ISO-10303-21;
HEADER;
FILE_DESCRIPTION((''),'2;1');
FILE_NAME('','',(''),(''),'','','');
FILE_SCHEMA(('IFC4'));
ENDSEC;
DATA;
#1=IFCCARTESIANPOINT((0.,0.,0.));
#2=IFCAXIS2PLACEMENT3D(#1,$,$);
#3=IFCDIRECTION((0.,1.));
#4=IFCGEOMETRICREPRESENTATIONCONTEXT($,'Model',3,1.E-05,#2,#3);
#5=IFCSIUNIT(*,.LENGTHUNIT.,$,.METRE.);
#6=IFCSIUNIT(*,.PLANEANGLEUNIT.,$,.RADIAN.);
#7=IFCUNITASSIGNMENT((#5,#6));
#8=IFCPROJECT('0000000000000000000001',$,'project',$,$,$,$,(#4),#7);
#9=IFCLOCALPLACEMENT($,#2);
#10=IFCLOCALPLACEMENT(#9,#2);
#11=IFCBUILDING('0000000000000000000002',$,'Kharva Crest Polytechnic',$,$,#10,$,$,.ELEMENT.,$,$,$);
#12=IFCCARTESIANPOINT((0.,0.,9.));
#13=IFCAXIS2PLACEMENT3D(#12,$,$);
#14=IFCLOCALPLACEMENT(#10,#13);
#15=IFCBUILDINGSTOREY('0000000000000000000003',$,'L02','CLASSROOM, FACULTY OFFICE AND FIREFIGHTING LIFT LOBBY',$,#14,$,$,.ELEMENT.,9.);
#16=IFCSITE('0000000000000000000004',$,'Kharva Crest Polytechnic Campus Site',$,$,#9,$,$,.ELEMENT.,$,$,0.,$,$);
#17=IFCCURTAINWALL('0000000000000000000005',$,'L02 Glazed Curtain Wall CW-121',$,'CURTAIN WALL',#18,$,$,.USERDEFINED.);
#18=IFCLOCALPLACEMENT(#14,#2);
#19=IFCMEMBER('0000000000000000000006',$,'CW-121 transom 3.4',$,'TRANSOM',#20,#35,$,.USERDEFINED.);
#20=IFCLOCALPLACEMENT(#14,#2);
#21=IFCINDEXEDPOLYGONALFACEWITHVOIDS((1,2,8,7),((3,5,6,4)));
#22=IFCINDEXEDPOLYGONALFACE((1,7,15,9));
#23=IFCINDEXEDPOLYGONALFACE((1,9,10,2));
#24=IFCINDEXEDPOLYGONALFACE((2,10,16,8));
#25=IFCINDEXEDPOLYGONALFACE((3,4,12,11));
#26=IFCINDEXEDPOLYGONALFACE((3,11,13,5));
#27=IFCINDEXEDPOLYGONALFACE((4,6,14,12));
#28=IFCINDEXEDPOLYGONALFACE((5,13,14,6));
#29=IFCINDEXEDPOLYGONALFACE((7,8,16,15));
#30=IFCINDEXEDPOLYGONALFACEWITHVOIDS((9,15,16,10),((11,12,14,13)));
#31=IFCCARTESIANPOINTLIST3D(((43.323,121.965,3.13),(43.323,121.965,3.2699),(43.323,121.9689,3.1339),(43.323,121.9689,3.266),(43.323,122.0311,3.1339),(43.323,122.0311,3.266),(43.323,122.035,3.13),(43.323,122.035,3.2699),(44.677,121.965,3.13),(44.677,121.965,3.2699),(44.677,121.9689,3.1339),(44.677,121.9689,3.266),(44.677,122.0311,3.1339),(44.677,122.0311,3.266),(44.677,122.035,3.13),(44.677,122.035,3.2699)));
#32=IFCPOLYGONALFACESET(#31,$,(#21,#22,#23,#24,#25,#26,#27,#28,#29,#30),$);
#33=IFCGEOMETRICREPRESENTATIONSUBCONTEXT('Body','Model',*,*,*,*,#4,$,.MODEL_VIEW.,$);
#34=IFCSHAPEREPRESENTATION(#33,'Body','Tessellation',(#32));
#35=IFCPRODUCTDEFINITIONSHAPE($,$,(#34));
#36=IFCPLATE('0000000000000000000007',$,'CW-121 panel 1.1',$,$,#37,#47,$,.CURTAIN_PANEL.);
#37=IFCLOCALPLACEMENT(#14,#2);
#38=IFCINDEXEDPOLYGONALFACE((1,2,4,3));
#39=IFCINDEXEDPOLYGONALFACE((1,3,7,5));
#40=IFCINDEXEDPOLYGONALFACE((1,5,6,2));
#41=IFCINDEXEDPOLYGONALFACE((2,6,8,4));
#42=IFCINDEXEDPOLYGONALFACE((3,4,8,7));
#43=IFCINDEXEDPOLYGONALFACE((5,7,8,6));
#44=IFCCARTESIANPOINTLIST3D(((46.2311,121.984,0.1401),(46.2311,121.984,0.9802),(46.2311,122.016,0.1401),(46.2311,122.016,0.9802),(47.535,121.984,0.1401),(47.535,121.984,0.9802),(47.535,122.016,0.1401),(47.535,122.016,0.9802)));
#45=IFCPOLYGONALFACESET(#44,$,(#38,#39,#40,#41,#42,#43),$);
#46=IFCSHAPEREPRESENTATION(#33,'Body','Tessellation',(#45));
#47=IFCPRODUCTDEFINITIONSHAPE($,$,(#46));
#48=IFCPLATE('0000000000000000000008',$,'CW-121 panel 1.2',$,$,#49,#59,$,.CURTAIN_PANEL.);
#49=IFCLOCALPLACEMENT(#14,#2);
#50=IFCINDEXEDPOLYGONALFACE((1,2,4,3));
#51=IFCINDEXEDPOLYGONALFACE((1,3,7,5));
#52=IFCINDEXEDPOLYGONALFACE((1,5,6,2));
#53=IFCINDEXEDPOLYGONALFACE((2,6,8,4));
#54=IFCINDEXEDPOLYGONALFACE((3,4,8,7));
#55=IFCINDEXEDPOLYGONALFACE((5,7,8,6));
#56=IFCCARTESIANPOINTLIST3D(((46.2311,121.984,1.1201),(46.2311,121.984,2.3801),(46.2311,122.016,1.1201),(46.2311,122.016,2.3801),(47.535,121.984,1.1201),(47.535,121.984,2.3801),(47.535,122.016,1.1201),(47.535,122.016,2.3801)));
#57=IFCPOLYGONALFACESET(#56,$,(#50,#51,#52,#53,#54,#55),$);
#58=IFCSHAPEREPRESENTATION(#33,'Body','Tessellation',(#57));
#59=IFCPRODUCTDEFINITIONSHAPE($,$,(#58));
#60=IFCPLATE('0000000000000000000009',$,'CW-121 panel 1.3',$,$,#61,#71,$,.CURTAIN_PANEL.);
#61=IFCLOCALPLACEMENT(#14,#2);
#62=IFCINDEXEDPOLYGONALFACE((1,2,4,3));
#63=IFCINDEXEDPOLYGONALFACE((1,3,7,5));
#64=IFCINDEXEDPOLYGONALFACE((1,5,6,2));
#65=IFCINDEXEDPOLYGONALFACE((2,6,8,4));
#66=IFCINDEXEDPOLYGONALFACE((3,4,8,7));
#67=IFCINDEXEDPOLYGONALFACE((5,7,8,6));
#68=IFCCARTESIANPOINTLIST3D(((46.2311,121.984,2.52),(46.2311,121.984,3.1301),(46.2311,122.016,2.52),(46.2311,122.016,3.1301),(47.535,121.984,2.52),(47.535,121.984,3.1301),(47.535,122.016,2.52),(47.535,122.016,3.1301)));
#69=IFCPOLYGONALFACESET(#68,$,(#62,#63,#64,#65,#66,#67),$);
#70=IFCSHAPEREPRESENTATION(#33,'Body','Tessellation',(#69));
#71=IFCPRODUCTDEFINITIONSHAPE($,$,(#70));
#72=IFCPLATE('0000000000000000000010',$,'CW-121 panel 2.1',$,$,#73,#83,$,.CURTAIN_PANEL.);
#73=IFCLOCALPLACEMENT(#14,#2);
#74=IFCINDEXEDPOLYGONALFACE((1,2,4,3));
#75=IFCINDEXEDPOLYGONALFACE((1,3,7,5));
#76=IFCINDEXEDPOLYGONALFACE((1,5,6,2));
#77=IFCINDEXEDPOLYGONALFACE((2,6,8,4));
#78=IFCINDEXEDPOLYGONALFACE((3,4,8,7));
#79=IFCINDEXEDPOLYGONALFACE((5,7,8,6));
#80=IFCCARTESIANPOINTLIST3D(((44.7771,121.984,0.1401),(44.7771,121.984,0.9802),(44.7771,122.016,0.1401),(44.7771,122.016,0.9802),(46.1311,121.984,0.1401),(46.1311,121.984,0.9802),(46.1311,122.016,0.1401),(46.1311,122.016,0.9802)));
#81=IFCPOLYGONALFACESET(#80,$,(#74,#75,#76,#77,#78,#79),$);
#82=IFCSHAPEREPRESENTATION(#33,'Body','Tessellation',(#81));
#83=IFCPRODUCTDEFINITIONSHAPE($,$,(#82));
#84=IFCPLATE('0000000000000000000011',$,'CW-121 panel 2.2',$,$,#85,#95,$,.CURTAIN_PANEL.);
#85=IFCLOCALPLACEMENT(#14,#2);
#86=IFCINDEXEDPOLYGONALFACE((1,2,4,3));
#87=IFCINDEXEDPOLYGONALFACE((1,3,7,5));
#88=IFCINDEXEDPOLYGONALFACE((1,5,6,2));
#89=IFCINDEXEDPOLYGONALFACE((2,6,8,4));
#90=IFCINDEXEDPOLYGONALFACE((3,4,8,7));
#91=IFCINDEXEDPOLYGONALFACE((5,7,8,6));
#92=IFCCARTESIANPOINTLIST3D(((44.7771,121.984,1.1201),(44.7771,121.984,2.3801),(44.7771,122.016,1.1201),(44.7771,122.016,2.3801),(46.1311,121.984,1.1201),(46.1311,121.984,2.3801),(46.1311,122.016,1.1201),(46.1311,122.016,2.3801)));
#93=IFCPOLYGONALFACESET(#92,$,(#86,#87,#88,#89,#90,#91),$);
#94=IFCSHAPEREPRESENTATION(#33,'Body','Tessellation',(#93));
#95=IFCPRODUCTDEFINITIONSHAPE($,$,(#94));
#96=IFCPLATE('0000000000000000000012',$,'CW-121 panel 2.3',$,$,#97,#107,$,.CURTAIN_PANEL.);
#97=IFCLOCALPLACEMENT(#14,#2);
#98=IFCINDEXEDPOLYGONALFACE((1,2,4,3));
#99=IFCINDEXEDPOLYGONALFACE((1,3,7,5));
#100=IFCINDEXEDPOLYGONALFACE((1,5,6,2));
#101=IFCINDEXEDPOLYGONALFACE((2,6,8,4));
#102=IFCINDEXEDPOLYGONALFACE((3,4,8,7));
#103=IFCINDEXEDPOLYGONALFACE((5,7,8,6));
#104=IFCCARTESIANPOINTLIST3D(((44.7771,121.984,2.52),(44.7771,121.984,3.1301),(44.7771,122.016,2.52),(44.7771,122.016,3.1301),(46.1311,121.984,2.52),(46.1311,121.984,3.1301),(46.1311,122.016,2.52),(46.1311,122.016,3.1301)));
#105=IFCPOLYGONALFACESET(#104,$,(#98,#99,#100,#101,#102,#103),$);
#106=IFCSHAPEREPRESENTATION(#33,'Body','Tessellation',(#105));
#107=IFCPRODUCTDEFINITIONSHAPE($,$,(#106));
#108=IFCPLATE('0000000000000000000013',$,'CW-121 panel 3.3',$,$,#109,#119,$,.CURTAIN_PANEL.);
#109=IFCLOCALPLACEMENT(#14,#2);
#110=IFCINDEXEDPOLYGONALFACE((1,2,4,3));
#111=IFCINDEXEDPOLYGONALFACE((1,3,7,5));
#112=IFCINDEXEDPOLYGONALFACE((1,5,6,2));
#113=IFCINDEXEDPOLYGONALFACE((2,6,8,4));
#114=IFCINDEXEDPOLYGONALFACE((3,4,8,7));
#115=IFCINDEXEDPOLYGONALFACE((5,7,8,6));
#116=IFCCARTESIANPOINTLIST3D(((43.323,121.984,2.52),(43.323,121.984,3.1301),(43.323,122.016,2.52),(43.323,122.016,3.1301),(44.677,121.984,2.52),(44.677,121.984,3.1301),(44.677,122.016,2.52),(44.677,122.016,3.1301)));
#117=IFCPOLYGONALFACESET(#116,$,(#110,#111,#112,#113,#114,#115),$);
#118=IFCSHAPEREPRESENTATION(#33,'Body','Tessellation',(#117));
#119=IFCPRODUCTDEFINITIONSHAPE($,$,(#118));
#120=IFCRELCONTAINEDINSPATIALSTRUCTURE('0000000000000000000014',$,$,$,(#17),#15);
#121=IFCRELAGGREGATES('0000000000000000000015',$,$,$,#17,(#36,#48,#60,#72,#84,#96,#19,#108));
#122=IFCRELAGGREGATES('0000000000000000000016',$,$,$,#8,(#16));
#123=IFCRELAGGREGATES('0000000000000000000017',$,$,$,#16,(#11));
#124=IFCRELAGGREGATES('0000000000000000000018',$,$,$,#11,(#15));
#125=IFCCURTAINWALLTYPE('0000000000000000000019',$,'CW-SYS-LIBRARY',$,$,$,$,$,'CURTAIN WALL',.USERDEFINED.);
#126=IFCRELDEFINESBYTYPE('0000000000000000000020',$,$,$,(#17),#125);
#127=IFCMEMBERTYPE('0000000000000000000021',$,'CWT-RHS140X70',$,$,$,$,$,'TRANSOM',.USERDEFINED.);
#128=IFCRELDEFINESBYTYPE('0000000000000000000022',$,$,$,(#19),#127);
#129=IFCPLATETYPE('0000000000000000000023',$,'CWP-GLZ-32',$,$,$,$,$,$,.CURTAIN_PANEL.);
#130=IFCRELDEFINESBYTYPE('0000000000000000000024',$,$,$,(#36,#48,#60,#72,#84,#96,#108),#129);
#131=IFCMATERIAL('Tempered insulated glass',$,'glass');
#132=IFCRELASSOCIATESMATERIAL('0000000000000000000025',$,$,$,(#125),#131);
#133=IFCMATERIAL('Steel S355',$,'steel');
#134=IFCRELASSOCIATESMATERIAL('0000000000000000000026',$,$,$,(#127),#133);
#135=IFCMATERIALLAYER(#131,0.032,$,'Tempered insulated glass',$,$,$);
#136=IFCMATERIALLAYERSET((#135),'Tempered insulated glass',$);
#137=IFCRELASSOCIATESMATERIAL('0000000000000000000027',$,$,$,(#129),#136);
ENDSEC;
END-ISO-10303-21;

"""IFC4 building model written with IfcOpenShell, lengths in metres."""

from ifc_helpers import new_model, si_unit, direction, frame, origin, origin_2d, place, context, subcontext, project, spatial, rectangle, hollow_rectangle, extrude, material, layer, layer_set, material_profile, profile_set, type_object, element, aggregate, save


model = new_model("IFC4")

# Units and contexts
model_context = context("Model", 3, precision=1e-05, world=origin(), true_north=direction((0.0, 1.0)))
body_context = subcontext(model_context, "Body", "Model", "MODEL_VIEW")
ifc_project = project(units=[si_unit("LENGTHUNIT", "METRE"), si_unit("PLANEANGLEUNIT", "RADIAN")], contexts=[model_context])

# Site, building, storey
site_placement = place(None, origin())
site = spatial("IfcSite", under=ifc_project, at=site_placement, Name="Kharva Crest Polytechnic Campus Site", CompositionType="ELEMENT", RefElevation=0.0)
building_placement = place(site_placement, origin())
building = spatial("IfcBuilding", under=site, at=building_placement, Name="Kharva Crest Polytechnic", CompositionType="ELEMENT")
storey_placement = place(building_placement, frame((0.0, 0.0, 9.0)))
storey = spatial("IfcBuildingStorey", under=building, at=storey_placement, Name="L02", Description="CLASSROOM, FACULTY OFFICE AND FIREFIGHTING LIFT LOBBY", CompositionType="ELEMENT", Elevation=9.0)

# Curtain wall, member, plates
ifc_material_1 = material(Name="Tempered insulated glass", Category="glass")
curtain_wall_type = type_object("IfcCurtainWallType", Name="CW-SYS-LIBRARY", ElementType="CURTAIN WALL", PredefinedType="USERDEFINED", material=ifc_material_1)
curtain_wall_placement = place(storey_placement, origin())
curtain_wall = element("IfcCurtainWall", 1, at=curtain_wall_placement, inside=storey, type_object=curtain_wall_type, Name="L02 Glazed Curtain Wall CW-121", ObjectType="CURTAIN WALL", PredefinedType="USERDEFINED")
ifc_material_2 = material(Name="Steel S355", Category="steel")
ifc_material_profile_1 = material_profile(ifc_material_2, hollow_rectangle(XDim=0.0701, YDim=0.1399, WallThickness=0.0039, at=origin_2d()), Name="RHS 140X70X4.0")
ifc_profile_set_1 = profile_set([ifc_material_profile_1], Name="Steel S355")
member_type_1 = type_object("IfcMemberType", Name="CWT-RHS140X70", ElementType="TRANSOM", PredefinedType="USERDEFINED", material=ifc_profile_set_1)
member_1_placement = place(storey_placement, frame((44.677, 122.0, 3.2), z_axis=(-1.0, 0.0, 0.0), x_axis=(0.0, -1.0, 0.0)))
member_1 = element("IfcMember", 2, at=member_1_placement, type_object=member_type_1, Name="CW-121 transom 3.4", ObjectType="TRANSOM", PredefinedType="USERDEFINED", context=body_context, shape_type="SweptSolid", body=[
    extrude(hollow_rectangle(XDim=0.0701, YDim=0.1399, WallThickness=0.0039, at=origin_2d()), origin(), (0.0, 0.0, 1.0), 1.354),
])
ifc_layer = layer(ifc_material_1, 0.032, Name="Tempered insulated glass")
ifc_layer_set = layer_set([ifc_layer], Name="Tempered insulated glass")
plate_type = type_object("IfcPlateType", Name="CWP-GLZ-32", PredefinedType="CURTAIN_PANEL", material=ifc_layer_set)
plate_1_placement = place(storey_placement, frame((46.8831, 122.0, 0.1401), z_axis=(0.0, 0.0, 1.0), x_axis=(-1.0, 0.0, 0.0)))
plate_1 = element("IfcPlate", 3, at=plate_1_placement, type_object=plate_type, Name="CW-121 panel 1.1", PredefinedType="CURTAIN_PANEL", context=body_context, shape_type="SweptSolid", body=[
    extrude(rectangle(XDim=1.304, YDim=0.032, at=origin_2d()), origin(), (0.0, 0.0, 1.0), 0.8401),
])
plate_2_placement = place(storey_placement, frame((46.8831, 122.0, 1.1201), z_axis=(0.0, 0.0, 1.0), x_axis=(-1.0, 0.0, 0.0)))
plate_2 = element("IfcPlate", 4, at=plate_2_placement, type_object=plate_type, Name="CW-121 panel 1.2", PredefinedType="CURTAIN_PANEL", context=body_context, shape_type="SweptSolid", body=[
    extrude(rectangle(XDim=1.304, YDim=0.032, at=origin_2d()), origin(), (0.0, 0.0, 1.0), 1.26),
])
plate_3_placement = place(storey_placement, frame((46.8831, 122.0, 2.52), z_axis=(0.0, 0.0, 1.0), x_axis=(-1.0, 0.0, 0.0)))
plate_3 = element("IfcPlate", 5, at=plate_3_placement, type_object=plate_type, Name="CW-121 panel 1.3", PredefinedType="CURTAIN_PANEL", context=body_context, shape_type="SweptSolid", body=[
    extrude(rectangle(XDim=1.304, YDim=0.032, at=origin_2d()), origin(), (0.0, 0.0, 1.0), 0.6101),
])
plate_4_placement = place(storey_placement, frame((45.4541, 122.0, 0.1401), z_axis=(0.0, 0.0, 1.0), x_axis=(-1.0, 0.0, 0.0)))
plate_4 = element("IfcPlate", 6, at=plate_4_placement, type_object=plate_type, Name="CW-121 panel 2.1", PredefinedType="CURTAIN_PANEL", context=body_context, shape_type="SweptSolid", body=[
    extrude(rectangle(XDim=1.354, YDim=0.032, at=origin_2d()), origin(), (0.0, 0.0, 1.0), 0.8401),
])
plate_5_placement = place(storey_placement, frame((45.4541, 122.0, 1.1201), z_axis=(0.0, 0.0, 1.0), x_axis=(-1.0, 0.0, 0.0)))
plate_5 = element("IfcPlate", 7, at=plate_5_placement, type_object=plate_type, Name="CW-121 panel 2.2", PredefinedType="CURTAIN_PANEL", context=body_context, shape_type="SweptSolid", body=[
    extrude(rectangle(XDim=1.354, YDim=0.032, at=origin_2d()), origin(), (0.0, 0.0, 1.0), 1.26),
])
plate_6_placement = place(storey_placement, frame((45.4541, 122.0, 2.52), z_axis=(0.0, 0.0, 1.0), x_axis=(-1.0, 0.0, 0.0)))
plate_6 = element("IfcPlate", 8, at=plate_6_placement, type_object=plate_type, Name="CW-121 panel 2.3", PredefinedType="CURTAIN_PANEL", context=body_context, shape_type="SweptSolid", body=[
    extrude(rectangle(XDim=1.354, YDim=0.032, at=origin_2d()), origin(), (0.0, 0.0, 1.0), 0.6101),
])
plate_7_placement = place(storey_placement, frame((44.0, 122.0, 2.52), z_axis=(0.0, 0.0, 1.0), x_axis=(-1.0, 0.0, 0.0)))
plate_7 = element("IfcPlate", 9, at=plate_7_placement, type_object=plate_type, Name="CW-121 panel 3.3", PredefinedType="CURTAIN_PANEL", context=body_context, shape_type="SweptSolid", body=[
    extrude(rectangle(XDim=1.354, YDim=0.032, at=origin_2d()), origin(), (0.0, 0.0, 1.0), 0.6101),
])
aggregate(curtain_wall, [plate_1, plate_2, plate_3, plate_4, plate_5, plate_6, member_1, plate_7])

save(model, "model.ifc")
